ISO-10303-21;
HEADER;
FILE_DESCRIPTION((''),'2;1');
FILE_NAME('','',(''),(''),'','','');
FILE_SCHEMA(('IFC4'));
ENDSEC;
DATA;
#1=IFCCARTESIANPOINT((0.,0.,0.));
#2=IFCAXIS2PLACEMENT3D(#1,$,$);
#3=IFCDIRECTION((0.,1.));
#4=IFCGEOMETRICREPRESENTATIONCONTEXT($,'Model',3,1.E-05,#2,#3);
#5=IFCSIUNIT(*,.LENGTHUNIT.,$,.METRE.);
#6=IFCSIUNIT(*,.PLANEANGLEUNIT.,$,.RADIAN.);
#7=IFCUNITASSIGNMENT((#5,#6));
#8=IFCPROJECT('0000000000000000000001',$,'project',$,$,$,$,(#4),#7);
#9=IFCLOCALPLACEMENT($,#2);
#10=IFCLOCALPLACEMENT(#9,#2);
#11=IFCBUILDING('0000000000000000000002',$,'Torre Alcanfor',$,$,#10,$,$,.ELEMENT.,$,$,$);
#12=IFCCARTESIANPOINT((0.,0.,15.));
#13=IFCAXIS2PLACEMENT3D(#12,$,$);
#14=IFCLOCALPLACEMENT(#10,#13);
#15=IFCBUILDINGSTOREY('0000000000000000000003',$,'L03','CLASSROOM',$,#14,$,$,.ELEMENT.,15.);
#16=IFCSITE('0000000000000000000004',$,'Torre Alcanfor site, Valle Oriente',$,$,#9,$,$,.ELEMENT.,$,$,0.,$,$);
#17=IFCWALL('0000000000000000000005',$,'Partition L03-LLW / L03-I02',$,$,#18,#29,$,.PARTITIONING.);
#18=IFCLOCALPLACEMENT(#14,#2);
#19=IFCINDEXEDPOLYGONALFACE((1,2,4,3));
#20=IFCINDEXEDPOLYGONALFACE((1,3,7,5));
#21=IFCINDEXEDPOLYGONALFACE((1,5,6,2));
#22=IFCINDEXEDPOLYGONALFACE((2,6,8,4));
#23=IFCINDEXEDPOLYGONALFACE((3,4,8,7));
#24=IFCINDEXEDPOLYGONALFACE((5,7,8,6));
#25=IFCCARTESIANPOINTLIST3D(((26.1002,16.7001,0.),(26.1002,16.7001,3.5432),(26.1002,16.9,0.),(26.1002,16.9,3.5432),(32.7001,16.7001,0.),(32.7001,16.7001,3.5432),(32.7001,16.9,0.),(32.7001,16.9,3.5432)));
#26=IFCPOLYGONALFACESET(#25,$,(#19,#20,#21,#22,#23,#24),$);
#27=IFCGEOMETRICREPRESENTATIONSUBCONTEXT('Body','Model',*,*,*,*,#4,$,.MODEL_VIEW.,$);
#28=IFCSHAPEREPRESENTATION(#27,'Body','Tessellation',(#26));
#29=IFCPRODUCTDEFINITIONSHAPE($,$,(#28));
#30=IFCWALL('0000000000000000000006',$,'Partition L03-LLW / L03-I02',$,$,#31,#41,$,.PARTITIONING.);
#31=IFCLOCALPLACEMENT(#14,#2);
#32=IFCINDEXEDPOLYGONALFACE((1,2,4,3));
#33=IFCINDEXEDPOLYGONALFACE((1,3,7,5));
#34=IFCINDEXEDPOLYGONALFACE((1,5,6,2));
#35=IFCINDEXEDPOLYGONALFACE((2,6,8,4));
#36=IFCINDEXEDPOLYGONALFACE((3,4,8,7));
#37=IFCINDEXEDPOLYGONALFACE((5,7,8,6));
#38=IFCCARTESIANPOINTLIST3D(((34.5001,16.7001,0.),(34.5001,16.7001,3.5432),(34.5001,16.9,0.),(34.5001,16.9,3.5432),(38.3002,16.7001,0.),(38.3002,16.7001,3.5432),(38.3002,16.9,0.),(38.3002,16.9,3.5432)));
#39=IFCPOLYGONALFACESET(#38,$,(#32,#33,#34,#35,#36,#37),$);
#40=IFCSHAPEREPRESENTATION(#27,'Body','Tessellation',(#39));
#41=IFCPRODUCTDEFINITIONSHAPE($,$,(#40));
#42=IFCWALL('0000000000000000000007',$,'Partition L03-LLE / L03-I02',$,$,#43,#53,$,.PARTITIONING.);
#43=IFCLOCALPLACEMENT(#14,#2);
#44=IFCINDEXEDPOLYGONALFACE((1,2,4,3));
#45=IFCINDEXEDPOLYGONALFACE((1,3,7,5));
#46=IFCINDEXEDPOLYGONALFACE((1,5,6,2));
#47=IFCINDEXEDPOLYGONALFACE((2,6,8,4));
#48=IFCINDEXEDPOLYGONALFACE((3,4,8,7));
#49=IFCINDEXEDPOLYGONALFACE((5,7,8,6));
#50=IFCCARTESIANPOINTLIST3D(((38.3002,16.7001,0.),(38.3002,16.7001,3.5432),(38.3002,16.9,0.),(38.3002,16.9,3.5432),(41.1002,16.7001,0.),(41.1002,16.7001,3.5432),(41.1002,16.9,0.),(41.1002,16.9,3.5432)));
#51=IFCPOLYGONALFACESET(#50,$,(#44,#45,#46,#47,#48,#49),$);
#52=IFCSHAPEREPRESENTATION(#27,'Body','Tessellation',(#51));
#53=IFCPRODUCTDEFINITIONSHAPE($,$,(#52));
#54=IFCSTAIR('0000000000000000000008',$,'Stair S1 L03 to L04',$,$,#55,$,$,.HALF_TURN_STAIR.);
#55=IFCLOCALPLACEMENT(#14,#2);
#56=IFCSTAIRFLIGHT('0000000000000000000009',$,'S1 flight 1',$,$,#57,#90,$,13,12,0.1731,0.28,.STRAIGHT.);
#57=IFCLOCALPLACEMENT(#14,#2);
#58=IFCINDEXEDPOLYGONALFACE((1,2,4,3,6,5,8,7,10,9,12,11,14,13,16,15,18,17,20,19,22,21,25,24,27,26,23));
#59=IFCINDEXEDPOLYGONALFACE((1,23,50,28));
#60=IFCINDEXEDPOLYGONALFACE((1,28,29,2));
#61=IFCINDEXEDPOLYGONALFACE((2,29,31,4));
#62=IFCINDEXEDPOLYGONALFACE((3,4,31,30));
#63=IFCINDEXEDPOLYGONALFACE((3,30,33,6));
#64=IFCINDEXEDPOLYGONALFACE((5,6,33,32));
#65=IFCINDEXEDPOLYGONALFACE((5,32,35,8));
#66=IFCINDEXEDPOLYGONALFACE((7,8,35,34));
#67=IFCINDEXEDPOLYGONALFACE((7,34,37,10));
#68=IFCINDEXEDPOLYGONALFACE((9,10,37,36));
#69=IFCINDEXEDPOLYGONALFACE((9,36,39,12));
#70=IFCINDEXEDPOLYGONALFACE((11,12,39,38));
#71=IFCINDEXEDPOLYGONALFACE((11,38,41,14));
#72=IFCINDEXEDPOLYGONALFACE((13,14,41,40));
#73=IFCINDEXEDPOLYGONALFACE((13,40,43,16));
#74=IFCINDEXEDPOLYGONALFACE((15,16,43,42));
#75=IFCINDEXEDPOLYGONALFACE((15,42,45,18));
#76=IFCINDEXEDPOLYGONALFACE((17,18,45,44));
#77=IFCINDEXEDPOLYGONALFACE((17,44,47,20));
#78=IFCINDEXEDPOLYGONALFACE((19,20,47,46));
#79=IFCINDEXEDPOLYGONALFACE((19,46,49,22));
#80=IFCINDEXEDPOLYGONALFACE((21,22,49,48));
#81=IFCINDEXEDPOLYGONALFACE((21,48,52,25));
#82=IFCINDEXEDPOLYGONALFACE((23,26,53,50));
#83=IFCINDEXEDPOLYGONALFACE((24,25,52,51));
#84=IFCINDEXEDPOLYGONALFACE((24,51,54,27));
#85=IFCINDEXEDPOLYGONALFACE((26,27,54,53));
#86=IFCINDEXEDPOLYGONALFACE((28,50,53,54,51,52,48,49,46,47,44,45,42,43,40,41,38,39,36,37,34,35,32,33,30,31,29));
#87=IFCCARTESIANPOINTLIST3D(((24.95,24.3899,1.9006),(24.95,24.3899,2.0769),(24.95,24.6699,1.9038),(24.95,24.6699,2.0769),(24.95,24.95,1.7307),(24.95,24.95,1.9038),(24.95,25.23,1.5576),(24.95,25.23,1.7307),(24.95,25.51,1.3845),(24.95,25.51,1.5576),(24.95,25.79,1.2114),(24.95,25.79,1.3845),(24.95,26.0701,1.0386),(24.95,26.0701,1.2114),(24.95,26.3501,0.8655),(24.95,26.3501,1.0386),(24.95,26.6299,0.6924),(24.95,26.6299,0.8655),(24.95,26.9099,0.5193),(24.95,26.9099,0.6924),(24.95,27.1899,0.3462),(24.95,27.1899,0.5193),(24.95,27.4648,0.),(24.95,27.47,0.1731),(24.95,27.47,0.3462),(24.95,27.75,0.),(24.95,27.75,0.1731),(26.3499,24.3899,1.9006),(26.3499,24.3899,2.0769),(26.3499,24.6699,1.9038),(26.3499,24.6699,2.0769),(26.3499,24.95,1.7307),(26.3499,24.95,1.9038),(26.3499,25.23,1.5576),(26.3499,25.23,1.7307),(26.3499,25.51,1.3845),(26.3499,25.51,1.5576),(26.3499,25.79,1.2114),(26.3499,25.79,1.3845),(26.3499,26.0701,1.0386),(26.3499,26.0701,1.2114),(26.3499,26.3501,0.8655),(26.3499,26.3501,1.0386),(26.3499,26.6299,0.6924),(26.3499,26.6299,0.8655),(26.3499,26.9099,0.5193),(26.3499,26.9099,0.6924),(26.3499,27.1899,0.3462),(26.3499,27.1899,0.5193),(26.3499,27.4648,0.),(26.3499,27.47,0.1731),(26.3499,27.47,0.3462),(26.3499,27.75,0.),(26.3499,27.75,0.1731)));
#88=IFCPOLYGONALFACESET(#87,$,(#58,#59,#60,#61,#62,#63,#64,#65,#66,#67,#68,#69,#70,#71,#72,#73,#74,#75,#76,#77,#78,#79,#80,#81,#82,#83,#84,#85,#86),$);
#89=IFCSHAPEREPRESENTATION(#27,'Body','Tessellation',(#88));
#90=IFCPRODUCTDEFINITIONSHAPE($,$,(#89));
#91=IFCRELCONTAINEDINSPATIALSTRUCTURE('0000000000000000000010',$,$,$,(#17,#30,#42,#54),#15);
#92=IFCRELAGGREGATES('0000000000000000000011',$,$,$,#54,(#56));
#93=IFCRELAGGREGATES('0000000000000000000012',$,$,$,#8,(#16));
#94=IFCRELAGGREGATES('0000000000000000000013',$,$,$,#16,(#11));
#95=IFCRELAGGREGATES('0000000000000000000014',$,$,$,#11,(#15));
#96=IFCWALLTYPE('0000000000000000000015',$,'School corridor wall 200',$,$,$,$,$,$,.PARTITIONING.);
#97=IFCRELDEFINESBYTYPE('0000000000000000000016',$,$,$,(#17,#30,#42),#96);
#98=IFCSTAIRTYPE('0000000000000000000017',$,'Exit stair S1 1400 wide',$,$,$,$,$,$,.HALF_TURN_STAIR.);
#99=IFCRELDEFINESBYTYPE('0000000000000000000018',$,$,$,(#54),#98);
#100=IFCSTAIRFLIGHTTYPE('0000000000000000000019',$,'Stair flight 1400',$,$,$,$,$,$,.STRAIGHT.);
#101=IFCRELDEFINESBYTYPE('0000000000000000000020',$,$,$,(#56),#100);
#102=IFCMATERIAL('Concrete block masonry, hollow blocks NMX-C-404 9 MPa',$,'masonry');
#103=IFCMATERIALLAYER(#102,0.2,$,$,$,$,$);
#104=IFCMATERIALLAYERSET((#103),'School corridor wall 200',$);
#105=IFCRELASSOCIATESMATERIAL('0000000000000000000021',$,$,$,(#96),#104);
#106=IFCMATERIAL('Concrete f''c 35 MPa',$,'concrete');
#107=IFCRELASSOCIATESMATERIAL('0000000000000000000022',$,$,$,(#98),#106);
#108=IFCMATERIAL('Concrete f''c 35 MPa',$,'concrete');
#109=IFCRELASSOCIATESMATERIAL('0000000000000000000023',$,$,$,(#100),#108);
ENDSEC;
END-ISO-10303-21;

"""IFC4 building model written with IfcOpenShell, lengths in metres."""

from ifc_helpers import new_model, si_unit, direction, frame, frame_2d, origin, place, context, subcontext, project, spatial, polyline, rectangle, outline, extrude, material, layer, layer_set, type_object, element, aggregate, save


model = new_model("IFC4")

# Units and contexts
model_context = context("Model", 3, precision=1e-05, world=origin(), true_north=direction((0.0, 1.0)))
body_context = subcontext(model_context, "Body", "Model", "MODEL_VIEW")
ifc_project = project(units=[si_unit("LENGTHUNIT", "METRE"), si_unit("PLANEANGLEUNIT", "RADIAN")], contexts=[model_context])

# Site, building, storey
site_placement = place(None, origin())
site = spatial("IfcSite", under=ifc_project, at=site_placement, Name="Torre Alcanfor site, Valle Oriente", CompositionType="ELEMENT", RefElevation=0.0)
building_placement = place(site_placement, origin())
building = spatial("IfcBuilding", under=site, at=building_placement, Name="Torre Alcanfor", CompositionType="ELEMENT")
storey_placement = place(building_placement, frame((0.0, 0.0, 15.0)))
storey = spatial("IfcBuildingStorey", under=building, at=storey_placement, Name="L03", Description="CLASSROOM", CompositionType="ELEMENT", Elevation=15.0)

# Shared definitions
ifc_material_1 = material(Name="Concrete block masonry, hollow blocks NMX-C-404 9 MPa", Category="masonry")
ifc_layer_1 = layer(ifc_material_1, 0.2)
ifc_layer_set_1 = layer_set([ifc_layer_1], Name="School corridor wall 200")
wall_type_1 = type_object("IfcWallType", Name="School corridor wall 200", PredefinedType="PARTITIONING", material=ifc_layer_set_1)

# Walls
wall_1_placement = place(storey_placement, frame((32.7, 16.8, 0.0), z_axis=(0.0, 0.0, 1.0), x_axis=(-1.0, 0.0, 0.0)))
element("IfcWall", 1, at=wall_1_placement, inside=storey, type_object=wall_type_1, Name="Partition L03-LLW / L03-I02", PredefinedType="PARTITIONING", context=body_context, shape_type="SweptSolid", body=[
    extrude(rectangle(XDim=6.5999, YDim=0.2, at=frame_2d((3.2998, 0.0))), origin(), (0.0, 0.0, 1.0), 3.5432),
])
wall_2_placement = place(storey_placement, frame((38.3, 16.8, 0.0), z_axis=(0.0, 0.0, 1.0), x_axis=(-1.0, 0.0, 0.0)))
element("IfcWall", 2, at=wall_2_placement, inside=storey, type_object=wall_type_1, Name="Partition L03-LLW / L03-I02", PredefinedType="PARTITIONING", context=body_context, shape_type="SweptSolid", body=[
    extrude(rectangle(XDim=3.8, YDim=0.2, at=frame_2d((1.8999, 0.0))), origin(), (0.0, 0.0, 1.0), 3.5432),
])
wall_3_placement = place(storey_placement, frame((41.1001, 16.8, 0.0), z_axis=(0.0, 0.0, 1.0), x_axis=(-1.0, 0.0, 0.0)))
element("IfcWall", 3, at=wall_3_placement, inside=storey, type_object=wall_type_1, Name="Partition L03-LLE / L03-I02", PredefinedType="PARTITIONING", context=body_context, shape_type="SweptSolid", body=[
    extrude(rectangle(XDim=2.8, YDim=0.2, at=frame_2d((1.3999, 0.0))), origin(), (0.0, 0.0, 1.0), 3.5432),
])

# Stair, stair flight
ifc_material_2 = material(Name="Concrete f'c 35 MPa", Category="concrete")
stair_type = type_object("IfcStairType", Name="Exit stair S1 1400 wide", PredefinedType="HALF_TURN_STAIR", material=ifc_material_2)
stair_placement = place(storey_placement, origin())
stair = element("IfcStair", 4, at=stair_placement, inside=storey, type_object=stair_type, Name="Stair S1 L03 to L04", PredefinedType="HALF_TURN_STAIR")
ifc_material_3 = material(Name="Concrete f'c 35 MPa", Category="concrete")
stair_flight_type = type_object("IfcStairFlightType", Name="Stair flight 1400", PredefinedType="STRAIGHT", material=ifc_material_3)
stair_flight_placement = place(storey_placement, frame((25.6499, 27.75, 0.0), z_axis=(0.0, 0.0, 1.0), x_axis=(0.0, -1.0, 0.0)))
stair_flight = element("IfcStairFlight", 5, at=stair_flight_placement, type_object=stair_flight_type, Name="S1 flight 1", NumberOfRisers=13, NumberOfTreads=12, PredefinedType="STRAIGHT", RiserHeight=0.1731, TreadLength=0.28, context=body_context, shape_type="SweptSolid", body=[
    extrude(outline(polyline([(0.0, 0.0), (0.0, 0.1731), (0.28, 0.1731), (0.28, 0.3462), (0.5601, 0.3462), (0.5601, 0.5193), (0.8401, 0.5193), (0.8401, 0.6924), (1.1201, 0.6924), (1.1201, 0.8655), (1.3999, 0.8655), (1.3999, 1.0386), (1.6799, 1.0386), (1.6799, 1.2114), (1.96, 1.2114), (1.96, 1.3845), (2.24, 1.3845), (2.24, 1.5576), (2.52, 1.5576), (2.52, 1.7307), (2.8, 1.7307), (2.8, 1.9038), (3.0801, 1.9038), (3.0801, 2.0769), (3.3601, 2.0769), (3.3601, 2.25), (3.3601, 1.9006), (0.2852, 0.0), (0.0, 0.0)])), frame((0.0, 0.7, 0.0), z_axis=(0.0, -1.0, 0.0), x_axis=(1.0, 0.0, 0.0)), (0.0, 0.0, 1.0), 1.3999),
])
aggregate(stair, [stair_flight])

save(model, "model.ifc")
